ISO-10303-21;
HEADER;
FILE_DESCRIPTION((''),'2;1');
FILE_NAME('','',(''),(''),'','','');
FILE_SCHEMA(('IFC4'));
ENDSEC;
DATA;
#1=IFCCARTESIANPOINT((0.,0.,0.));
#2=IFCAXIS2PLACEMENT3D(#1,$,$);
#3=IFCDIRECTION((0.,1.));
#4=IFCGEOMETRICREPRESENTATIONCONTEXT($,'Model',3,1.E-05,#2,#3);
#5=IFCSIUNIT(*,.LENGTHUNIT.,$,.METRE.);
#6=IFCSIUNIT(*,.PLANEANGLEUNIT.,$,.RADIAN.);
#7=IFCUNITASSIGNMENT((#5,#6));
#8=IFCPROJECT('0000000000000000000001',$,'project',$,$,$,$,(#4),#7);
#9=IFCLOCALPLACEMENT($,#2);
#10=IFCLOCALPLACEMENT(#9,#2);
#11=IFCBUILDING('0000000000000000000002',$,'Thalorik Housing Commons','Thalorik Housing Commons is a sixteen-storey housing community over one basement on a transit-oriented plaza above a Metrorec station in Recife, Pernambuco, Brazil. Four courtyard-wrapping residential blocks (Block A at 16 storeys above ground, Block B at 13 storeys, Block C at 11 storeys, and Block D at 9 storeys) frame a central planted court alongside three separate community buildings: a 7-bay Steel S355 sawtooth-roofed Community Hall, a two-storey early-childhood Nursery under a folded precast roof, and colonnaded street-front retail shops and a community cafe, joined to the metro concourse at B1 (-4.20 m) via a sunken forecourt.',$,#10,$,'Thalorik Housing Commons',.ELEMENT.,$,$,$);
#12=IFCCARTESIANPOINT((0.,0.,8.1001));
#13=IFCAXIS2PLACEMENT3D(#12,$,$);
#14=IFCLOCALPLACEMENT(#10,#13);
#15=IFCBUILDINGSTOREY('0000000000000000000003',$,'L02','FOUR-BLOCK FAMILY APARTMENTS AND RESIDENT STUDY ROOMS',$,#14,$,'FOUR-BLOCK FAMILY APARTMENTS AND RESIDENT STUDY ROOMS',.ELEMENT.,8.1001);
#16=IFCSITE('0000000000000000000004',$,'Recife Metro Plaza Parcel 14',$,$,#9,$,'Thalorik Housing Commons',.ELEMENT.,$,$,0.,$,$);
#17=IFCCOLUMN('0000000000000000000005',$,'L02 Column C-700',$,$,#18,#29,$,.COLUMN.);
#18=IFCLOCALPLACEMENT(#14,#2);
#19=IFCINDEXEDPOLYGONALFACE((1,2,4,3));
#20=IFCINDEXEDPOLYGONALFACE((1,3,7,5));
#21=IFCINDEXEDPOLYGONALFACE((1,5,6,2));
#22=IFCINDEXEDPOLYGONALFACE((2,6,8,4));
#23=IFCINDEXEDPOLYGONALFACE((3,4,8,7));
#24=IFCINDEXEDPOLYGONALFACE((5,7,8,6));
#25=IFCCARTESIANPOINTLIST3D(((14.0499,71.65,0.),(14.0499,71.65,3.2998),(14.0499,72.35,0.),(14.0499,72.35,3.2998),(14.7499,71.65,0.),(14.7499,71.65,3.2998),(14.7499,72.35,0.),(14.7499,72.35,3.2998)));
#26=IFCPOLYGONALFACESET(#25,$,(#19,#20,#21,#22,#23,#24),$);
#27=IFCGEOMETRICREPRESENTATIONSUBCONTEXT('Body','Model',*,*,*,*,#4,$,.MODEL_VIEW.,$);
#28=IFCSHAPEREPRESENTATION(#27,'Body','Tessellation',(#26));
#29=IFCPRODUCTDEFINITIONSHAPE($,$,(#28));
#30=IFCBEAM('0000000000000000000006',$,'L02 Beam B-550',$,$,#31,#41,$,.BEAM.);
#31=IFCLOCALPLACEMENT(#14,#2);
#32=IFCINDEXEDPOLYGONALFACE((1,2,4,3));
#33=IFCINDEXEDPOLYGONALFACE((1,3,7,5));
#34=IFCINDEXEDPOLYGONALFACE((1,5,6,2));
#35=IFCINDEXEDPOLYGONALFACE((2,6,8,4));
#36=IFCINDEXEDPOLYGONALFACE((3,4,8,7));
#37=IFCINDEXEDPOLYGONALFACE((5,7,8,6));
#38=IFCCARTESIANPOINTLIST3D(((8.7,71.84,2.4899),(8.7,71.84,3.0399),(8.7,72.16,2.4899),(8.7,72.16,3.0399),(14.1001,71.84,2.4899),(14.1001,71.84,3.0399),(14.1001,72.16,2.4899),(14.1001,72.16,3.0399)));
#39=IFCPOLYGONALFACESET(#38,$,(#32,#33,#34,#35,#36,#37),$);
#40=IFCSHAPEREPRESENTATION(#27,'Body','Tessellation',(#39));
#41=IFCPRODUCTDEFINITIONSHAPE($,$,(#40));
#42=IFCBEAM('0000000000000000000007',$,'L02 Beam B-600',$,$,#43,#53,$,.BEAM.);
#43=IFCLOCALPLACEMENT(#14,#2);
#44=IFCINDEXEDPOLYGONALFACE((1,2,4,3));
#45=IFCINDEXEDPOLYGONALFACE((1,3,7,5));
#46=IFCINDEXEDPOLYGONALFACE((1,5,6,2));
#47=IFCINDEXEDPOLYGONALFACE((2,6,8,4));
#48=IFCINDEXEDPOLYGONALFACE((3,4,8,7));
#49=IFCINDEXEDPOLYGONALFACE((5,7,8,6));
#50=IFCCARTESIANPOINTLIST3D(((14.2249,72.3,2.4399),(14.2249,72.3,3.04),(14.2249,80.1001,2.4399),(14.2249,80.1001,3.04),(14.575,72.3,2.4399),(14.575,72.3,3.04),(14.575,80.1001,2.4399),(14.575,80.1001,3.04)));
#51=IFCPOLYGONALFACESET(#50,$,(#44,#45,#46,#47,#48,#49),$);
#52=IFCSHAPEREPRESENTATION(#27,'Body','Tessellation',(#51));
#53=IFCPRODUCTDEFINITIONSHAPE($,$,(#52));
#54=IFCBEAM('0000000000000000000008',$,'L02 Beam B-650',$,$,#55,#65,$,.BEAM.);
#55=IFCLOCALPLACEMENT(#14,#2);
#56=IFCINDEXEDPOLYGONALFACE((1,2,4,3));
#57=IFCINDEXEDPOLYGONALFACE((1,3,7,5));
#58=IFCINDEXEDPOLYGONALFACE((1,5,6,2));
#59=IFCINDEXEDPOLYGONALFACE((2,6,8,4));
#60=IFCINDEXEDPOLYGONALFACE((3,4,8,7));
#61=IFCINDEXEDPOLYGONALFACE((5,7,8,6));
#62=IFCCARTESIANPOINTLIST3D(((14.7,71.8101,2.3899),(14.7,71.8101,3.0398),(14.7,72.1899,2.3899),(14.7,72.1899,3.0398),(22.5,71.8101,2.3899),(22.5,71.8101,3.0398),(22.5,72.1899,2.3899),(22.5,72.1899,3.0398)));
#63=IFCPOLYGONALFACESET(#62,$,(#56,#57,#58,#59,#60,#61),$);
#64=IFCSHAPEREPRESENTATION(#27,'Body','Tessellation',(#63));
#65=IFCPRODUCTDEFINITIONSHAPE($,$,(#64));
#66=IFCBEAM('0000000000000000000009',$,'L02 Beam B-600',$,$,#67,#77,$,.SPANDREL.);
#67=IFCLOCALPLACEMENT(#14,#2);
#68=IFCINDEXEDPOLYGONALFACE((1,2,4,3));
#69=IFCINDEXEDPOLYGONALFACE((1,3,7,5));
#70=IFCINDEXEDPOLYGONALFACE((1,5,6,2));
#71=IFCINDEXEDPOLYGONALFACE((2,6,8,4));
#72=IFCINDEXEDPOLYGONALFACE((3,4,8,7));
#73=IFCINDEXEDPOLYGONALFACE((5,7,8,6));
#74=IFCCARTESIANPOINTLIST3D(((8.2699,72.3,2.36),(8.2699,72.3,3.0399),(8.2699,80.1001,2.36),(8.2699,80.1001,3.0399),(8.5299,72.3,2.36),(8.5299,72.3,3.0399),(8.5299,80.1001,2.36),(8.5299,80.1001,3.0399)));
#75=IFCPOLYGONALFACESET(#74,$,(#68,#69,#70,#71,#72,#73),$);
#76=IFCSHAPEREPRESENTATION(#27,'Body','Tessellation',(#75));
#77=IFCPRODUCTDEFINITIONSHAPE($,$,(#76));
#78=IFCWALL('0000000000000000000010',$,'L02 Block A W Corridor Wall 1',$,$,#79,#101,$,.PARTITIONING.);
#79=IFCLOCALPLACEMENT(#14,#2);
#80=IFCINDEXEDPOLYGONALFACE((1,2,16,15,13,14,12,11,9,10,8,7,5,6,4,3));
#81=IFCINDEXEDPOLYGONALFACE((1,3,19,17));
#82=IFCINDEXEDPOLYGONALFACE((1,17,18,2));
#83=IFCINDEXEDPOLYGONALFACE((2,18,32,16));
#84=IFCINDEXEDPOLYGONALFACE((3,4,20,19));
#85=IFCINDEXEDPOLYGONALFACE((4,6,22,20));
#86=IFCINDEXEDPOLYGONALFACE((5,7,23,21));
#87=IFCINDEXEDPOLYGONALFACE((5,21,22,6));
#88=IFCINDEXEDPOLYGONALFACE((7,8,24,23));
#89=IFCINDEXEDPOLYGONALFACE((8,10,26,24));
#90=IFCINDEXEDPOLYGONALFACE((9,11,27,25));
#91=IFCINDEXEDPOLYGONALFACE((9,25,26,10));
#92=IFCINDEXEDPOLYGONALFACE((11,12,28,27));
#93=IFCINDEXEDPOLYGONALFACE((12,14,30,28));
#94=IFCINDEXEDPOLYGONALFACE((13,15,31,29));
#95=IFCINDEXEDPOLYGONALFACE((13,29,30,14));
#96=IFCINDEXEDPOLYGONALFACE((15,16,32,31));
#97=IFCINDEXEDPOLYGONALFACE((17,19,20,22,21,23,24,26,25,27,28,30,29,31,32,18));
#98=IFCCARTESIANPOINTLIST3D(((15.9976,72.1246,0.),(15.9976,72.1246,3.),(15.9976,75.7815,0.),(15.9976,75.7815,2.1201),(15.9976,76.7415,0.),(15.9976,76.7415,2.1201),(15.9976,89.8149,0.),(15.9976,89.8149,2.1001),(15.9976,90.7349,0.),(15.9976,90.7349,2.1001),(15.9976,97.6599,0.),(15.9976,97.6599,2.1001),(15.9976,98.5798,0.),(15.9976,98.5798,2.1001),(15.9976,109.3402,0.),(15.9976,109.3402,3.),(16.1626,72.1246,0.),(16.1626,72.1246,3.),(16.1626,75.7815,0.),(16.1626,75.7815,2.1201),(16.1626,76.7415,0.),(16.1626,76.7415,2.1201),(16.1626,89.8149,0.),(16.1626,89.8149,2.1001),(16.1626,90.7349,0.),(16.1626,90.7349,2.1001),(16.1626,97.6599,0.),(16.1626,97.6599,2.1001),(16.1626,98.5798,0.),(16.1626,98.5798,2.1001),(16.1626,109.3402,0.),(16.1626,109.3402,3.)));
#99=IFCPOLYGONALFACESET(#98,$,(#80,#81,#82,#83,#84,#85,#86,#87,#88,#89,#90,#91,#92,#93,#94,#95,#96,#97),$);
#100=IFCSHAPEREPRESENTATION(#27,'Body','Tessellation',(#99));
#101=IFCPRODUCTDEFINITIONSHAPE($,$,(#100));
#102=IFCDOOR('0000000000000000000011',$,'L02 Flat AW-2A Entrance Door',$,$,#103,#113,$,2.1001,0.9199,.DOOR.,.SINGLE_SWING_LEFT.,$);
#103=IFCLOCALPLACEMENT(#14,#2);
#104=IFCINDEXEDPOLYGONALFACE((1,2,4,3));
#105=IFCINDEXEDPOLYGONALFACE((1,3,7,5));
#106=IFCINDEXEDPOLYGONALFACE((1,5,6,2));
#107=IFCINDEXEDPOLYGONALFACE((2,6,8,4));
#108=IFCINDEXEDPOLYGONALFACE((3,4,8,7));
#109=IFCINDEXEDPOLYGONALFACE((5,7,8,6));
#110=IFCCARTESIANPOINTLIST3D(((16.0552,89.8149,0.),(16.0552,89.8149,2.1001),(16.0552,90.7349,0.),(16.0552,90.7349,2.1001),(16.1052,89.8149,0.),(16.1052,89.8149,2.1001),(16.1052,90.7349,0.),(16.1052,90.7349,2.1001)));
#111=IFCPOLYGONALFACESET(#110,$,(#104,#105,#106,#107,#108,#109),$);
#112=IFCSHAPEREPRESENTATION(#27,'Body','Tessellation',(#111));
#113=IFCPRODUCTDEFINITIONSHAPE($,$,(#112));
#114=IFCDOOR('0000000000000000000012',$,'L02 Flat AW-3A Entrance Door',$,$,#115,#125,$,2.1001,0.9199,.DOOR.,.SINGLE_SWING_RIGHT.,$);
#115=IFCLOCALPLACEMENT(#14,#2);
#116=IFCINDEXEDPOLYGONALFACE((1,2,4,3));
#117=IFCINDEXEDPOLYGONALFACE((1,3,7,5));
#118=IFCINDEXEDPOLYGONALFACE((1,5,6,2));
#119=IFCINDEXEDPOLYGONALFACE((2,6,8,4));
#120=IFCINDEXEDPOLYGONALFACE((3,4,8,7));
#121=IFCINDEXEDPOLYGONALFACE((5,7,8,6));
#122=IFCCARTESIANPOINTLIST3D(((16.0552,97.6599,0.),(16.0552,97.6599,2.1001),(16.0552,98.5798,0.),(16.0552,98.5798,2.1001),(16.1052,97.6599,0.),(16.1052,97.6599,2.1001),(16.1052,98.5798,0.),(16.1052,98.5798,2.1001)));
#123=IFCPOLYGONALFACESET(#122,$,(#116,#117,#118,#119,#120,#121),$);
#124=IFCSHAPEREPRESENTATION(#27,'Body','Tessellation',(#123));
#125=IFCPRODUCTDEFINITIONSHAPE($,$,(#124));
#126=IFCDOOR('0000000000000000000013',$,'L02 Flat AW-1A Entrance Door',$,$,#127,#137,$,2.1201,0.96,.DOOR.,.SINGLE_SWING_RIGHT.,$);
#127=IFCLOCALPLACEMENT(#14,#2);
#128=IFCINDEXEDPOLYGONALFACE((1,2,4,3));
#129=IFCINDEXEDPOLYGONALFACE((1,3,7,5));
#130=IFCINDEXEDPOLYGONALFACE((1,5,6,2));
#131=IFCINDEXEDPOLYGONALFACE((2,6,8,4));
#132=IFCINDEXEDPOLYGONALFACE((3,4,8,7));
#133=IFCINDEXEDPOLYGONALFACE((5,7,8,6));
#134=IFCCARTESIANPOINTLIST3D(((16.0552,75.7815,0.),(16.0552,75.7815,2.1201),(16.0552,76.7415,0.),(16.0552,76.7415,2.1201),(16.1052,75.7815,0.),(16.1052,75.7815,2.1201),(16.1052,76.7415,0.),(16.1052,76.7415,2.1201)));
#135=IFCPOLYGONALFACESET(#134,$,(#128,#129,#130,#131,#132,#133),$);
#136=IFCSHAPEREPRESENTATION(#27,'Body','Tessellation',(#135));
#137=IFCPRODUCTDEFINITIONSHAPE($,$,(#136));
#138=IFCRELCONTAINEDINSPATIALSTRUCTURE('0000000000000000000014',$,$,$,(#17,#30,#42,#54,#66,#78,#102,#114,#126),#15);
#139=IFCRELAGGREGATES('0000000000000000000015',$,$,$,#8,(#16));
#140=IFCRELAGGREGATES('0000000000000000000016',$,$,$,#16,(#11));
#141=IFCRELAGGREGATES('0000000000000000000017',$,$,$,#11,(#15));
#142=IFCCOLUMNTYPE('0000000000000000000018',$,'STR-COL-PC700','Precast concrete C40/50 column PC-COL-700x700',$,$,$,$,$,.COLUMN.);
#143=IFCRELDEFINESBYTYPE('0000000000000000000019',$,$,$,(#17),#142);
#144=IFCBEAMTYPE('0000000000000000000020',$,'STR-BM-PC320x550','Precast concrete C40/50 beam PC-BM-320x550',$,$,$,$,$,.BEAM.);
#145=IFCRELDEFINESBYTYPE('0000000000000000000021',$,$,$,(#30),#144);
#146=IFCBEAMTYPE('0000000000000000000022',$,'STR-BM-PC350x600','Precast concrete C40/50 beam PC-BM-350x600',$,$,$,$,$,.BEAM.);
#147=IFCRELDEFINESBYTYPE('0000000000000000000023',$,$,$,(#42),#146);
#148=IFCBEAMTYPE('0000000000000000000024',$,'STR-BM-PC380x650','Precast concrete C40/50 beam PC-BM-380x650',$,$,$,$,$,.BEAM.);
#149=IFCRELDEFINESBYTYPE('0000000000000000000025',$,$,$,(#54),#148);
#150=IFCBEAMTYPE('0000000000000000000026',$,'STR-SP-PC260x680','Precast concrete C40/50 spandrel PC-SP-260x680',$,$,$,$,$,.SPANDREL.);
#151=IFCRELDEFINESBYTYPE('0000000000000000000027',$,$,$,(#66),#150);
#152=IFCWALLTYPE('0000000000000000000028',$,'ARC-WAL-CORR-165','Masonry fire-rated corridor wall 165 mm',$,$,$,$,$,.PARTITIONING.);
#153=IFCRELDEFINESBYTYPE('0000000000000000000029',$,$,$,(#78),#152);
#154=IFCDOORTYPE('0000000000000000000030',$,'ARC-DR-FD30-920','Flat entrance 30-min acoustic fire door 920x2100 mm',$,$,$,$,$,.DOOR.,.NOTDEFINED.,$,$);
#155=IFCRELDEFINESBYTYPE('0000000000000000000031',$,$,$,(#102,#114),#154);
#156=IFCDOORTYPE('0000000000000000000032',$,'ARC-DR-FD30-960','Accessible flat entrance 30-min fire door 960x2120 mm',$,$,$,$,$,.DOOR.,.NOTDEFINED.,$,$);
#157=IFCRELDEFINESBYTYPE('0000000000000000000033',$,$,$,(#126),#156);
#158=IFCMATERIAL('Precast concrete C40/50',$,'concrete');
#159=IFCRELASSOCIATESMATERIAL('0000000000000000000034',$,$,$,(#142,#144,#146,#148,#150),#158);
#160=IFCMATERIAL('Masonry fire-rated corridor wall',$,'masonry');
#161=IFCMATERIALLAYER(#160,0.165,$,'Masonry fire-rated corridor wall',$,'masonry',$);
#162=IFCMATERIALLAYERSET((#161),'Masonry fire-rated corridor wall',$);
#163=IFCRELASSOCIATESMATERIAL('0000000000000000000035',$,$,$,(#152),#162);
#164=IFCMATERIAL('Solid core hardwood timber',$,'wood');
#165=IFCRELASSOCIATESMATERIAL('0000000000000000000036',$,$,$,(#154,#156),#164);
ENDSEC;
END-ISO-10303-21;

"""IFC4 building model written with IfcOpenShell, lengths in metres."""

from ifc_helpers import new_model, si_unit, direction, frame, frame_2d, origin, origin_2d, place, context, subcontext, project, spatial, rectangle, extrude, material, layer, layer_set, material_profile, profile_set, type_object, element, fill, save


model = new_model("IFC4")

# Units and contexts
model_context = context("Model", 3, precision=1e-05, world=origin(), true_north=direction((0.0, 1.0)))
body_context = subcontext(model_context, "Body", "Model", "MODEL_VIEW")
ifc_project = project(units=[si_unit("LENGTHUNIT", "METRE"), si_unit("PLANEANGLEUNIT", "RADIAN")], contexts=[model_context])

# Site, building, storey
site_placement = place(None, origin())
site = spatial("IfcSite", under=ifc_project, at=site_placement, Name="Recife Metro Plaza Parcel 14", LongName="Thalorik Housing Commons", CompositionType="ELEMENT", RefElevation=0.0)
building_placement = place(site_placement, origin())
building = spatial("IfcBuilding", under=site, at=building_placement, Name="Thalorik Housing Commons", Description="Thalorik Housing Commons is a sixteen-storey housing community over one basement on a transit-oriented plaza above a Metrorec station in Recife, Pernambuco, Brazil. Four courtyard-wrapping residential blocks (Block A at 16 storeys above ground, Block B at 13 storeys, Block C at 11 storeys, and Block D at 9 storeys) frame a central planted court alongside three separate community buildings: a 7-bay Steel S355 sawtooth-roofed Community Hall, a two-storey early-childhood Nursery under a folded precast roof, and colonnaded street-front retail shops and a community cafe, joined to the metro concourse at B1 (-4.20 m) via a sunken forecourt.", LongName="Thalorik Housing Commons", CompositionType="ELEMENT")
storey_placement = place(building_placement, frame((0.0, 0.0, 8.1001)))
storey = spatial("IfcBuildingStorey", under=building, at=storey_placement, Name="L02", Description="FOUR-BLOCK FAMILY APARTMENTS AND RESIDENT STUDY ROOMS", LongName="FOUR-BLOCK FAMILY APARTMENTS AND RESIDENT STUDY ROOMS", CompositionType="ELEMENT", Elevation=8.1001)

# Column
ifc_material_1 = material(Name="Precast concrete C40/50", Category="concrete")
ifc_material_profile_1 = material_profile(ifc_material_1, rectangle(XDim=0.7, YDim=0.7, at=origin_2d()), Name="PC 700x700", Category="concrete")
ifc_profile_set_1 = profile_set([ifc_material_profile_1], Name="Precast concrete C40/50")
column_type = type_object("IfcColumnType", Name="STR-COL-PC700", Description="Precast concrete C40/50 column PC-COL-700x700", PredefinedType="COLUMN", material=ifc_profile_set_1)
column_placement = place(storey_placement, frame((14.3999, 72.0, 0.0), z_axis=(0.0, 0.0, 1.0), x_axis=(1.0, 0.0, 0.0)))
element("IfcColumn", 1, at=column_placement, inside=storey, type_object=column_type, Name="L02 Column C-700", PredefinedType="COLUMN", context=body_context, shape_type="SweptSolid", body=[
    extrude(rectangle(XDim=0.7, YDim=0.7, at=origin_2d()), origin(), (0.0, 0.0, 1.0), 3.2998),
])

# Beams
ifc_material_profile_2 = material_profile(ifc_material_1, rectangle(XDim=0.3201, YDim=0.55, at=origin_2d()), Name="PC 320x550", Category="concrete")
ifc_profile_set_2 = profile_set([ifc_material_profile_2], Name="Precast concrete C40/50")
beam_type_1 = type_object("IfcBeamType", Name="STR-BM-PC320x550", Description="Precast concrete C40/50 beam PC-BM-320x550", PredefinedType="BEAM", material=ifc_profile_set_2)
beam_1_placement = place(storey_placement, frame((8.7, 72.0, 2.7649), z_axis=(1.0, 0.0, 0.0), x_axis=(0.0, 1.0, 0.0)))
element("IfcBeam", 2, at=beam_1_placement, inside=storey, type_object=beam_type_1, Name="L02 Beam B-550", PredefinedType="BEAM", context=body_context, shape_type="SweptSolid", body=[
    extrude(rectangle(XDim=0.3201, YDim=0.55, at=origin_2d()), origin(), (0.0, 0.0, 1.0), 5.4001),
])
ifc_material_profile_3 = material_profile(ifc_material_1, rectangle(XDim=0.3501, YDim=0.6001, at=origin_2d()), Name="PC 350x600", Category="concrete")
ifc_profile_set_3 = profile_set([ifc_material_profile_3], Name="Precast concrete C40/50")
beam_type_2 = type_object("IfcBeamType", Name="STR-BM-PC350x600", Description="Precast concrete C40/50 beam PC-BM-350x600", PredefinedType="BEAM", material=ifc_profile_set_3)
beam_2_placement = place(storey_placement, frame((14.3999, 72.3, 2.74), z_axis=(0.0, 1.0, 0.0), x_axis=(-1.0, 0.0, 0.0)))
element("IfcBeam", 3, at=beam_2_placement, inside=storey, type_object=beam_type_2, Name="L02 Beam B-600", PredefinedType="BEAM", context=body_context, shape_type="SweptSolid", body=[
    extrude(rectangle(XDim=0.3501, YDim=0.6001, at=origin_2d()), origin(), (0.0, 0.0, 1.0), 7.8),
])
ifc_material_profile_4 = material_profile(ifc_material_1, rectangle(XDim=0.3799, YDim=0.6499, at=origin_2d()), Name="PC 380x650", Category="concrete")
ifc_profile_set_4 = profile_set([ifc_material_profile_4], Name="Precast concrete C40/50")
beam_type_3 = type_object("IfcBeamType", Name="STR-BM-PC380x650", Description="Precast concrete C40/50 beam PC-BM-380x650", PredefinedType="BEAM", material=ifc_profile_set_4)
beam_3_placement = place(storey_placement, frame((14.7, 72.0, 2.7148), z_axis=(1.0, 0.0, 0.0), x_axis=(0.0, 1.0, 0.0)))
element("IfcBeam", 4, at=beam_3_placement, inside=storey, type_object=beam_type_3, Name="L02 Beam B-650", PredefinedType="BEAM", context=body_context, shape_type="SweptSolid", body=[
    extrude(rectangle(XDim=0.3799, YDim=0.6499, at=origin_2d()), origin(), (0.0, 0.0, 1.0), 7.8),
])
ifc_material_profile_5 = material_profile(ifc_material_1, rectangle(XDim=0.26, YDim=0.6799, at=origin_2d()), Name="PC SP 260x680", Category="concrete")
ifc_profile_set_5 = profile_set([ifc_material_profile_5], Name="Precast concrete C40/50")
beam_type_4 = type_object("IfcBeamType", Name="STR-SP-PC260x680", Description="Precast concrete C40/50 spandrel PC-SP-260x680", PredefinedType="SPANDREL", material=ifc_profile_set_5)
beam_4_placement = place(storey_placement, frame((8.3999, 72.3, 2.7), z_axis=(0.0, 1.0, 0.0), x_axis=(-1.0, 0.0, 0.0)))
element("IfcBeam", 5, at=beam_4_placement, inside=storey, type_object=beam_type_4, Name="L02 Beam B-600", PredefinedType="SPANDREL", context=body_context, shape_type="SweptSolid", body=[
    extrude(rectangle(XDim=0.26, YDim=0.6799, at=origin_2d()), origin(), (0.0, 0.0, 1.0), 7.8),
])

# Wall, openings, doors
ifc_material_2 = material(Name="Masonry fire-rated corridor wall", Category="masonry")
ifc_layer_1 = layer(ifc_material_2, 0.165, Name="Masonry fire-rated corridor wall", Category="masonry")
ifc_layer_set_1 = layer_set([ifc_layer_1], Name="Masonry fire-rated corridor wall")
wall_type_1 = type_object("IfcWallType", Name="ARC-WAL-CORR-165", Description="Masonry fire-rated corridor wall 165 mm", PredefinedType="PARTITIONING", material=ifc_layer_set_1)
wall_1_placement = place(storey_placement, frame((16.0801, 72.1245, 0.0), z_axis=(0.0, 0.0, 1.0), x_axis=(0.0, 1.0, 0.0)))
wall_1 = element("IfcWall", 6, at=wall_1_placement, inside=storey, type_object=wall_type_1, Name="L02 Block A W Corridor Wall 1", PredefinedType="PARTITIONING", context=body_context, shape_type="SweptSolid", body=[
    extrude(rectangle(XDim=37.2156, YDim=0.165, at=frame_2d((18.6079, 0.0))), origin(), (0.0, 0.0, 1.0), 3.0),
])
opening_1_placement = place(wall_1_placement, frame((3.657, 0.0, 0.0)))
opening_1 = element("IfcOpeningElement", 7, at=opening_1_placement, cuts=wall_1, PredefinedType="OPENING", context=body_context, shape_type="SweptSolid", body=[
    extrude(rectangle(XDim=0.96, YDim=2.1201, at=frame_2d((0.48, 1.0601))), frame((0.0, 0.0925, 0.0), z_axis=(0.0, -1.0, 0.0), x_axis=(1.0, 0.0, 0.0)), (0.0, 0.0, 1.0), 0.1851),
])
opening_2_placement = place(wall_1_placement, frame((17.6904, 0.0, 0.0)))
opening_2 = element("IfcOpeningElement", 8, at=opening_2_placement, cuts=wall_1, PredefinedType="OPENING", context=body_context, shape_type="SweptSolid", body=[
    extrude(rectangle(XDim=0.9199, YDim=2.1001, at=frame_2d((0.46, 1.05))), frame((0.0, 0.0925, 0.0), z_axis=(0.0, -1.0, 0.0), x_axis=(1.0, 0.0, 0.0)), (0.0, 0.0, 1.0), 0.1851),
])
opening_3_placement = place(wall_1_placement, frame((25.5354, 0.0, 0.0)))
opening_3 = element("IfcOpeningElement", 9, at=opening_3_placement, cuts=wall_1, PredefinedType="OPENING", context=body_context, shape_type="SweptSolid", body=[
    extrude(rectangle(XDim=0.9199, YDim=2.1001, at=frame_2d((0.46, 1.05))), frame((0.0, 0.0925, 0.0), z_axis=(0.0, -1.0, 0.0), x_axis=(1.0, 0.0, 0.0)), (0.0, 0.0, 1.0), 0.1851),
])
ifc_material_3 = material(Name="Solid core hardwood timber", Category="wood")
door_type_1 = type_object("IfcDoorType", Name="ARC-DR-FD30-920", Description="Flat entrance 30-min acoustic fire door 920x2100 mm", OperationType="NOTDEFINED", PredefinedType="DOOR", material=ifc_material_3)
door_1_placement = place(opening_2_placement, origin())
door_1 = element("IfcDoor", 10, at=door_1_placement, inside=storey, type_object=door_type_1, Name="L02 Flat AW-2A Entrance Door", OperationType="SINGLE_SWING_LEFT", OverallHeight=2.1001, OverallWidth=0.9199, PredefinedType="DOOR", context=body_context, shape_type="SweptSolid", body=[
    extrude(rectangle(XDim=0.9199, YDim=2.1001, at=frame_2d((0.46, 1.05))), frame((0.0, 0.0249, 0.0), z_axis=(0.0, -1.0, 0.0), x_axis=(1.0, 0.0, 0.0)), (0.0, 0.0, 1.0), 0.05),
])
fill(opening_2, door_1)
door_2_placement = place(opening_3_placement, origin())
door_2 = element("IfcDoor", 11, at=door_2_placement, inside=storey, type_object=door_type_1, Name="L02 Flat AW-3A Entrance Door", OperationType="SINGLE_SWING_RIGHT", OverallHeight=2.1001, OverallWidth=0.9199, PredefinedType="DOOR", context=body_context, shape_type="SweptSolid", body=[
    extrude(rectangle(XDim=0.9199, YDim=2.1001, at=frame_2d((0.46, 1.05))), frame((0.0, 0.0249, 0.0), z_axis=(0.0, -1.0, 0.0), x_axis=(1.0, 0.0, 0.0)), (0.0, 0.0, 1.0), 0.05),
])
fill(opening_3, door_2)
door_type_2 = type_object("IfcDoorType", Name="ARC-DR-FD30-960", Description="Accessible flat entrance 30-min fire door 960x2120 mm", OperationType="NOTDEFINED", PredefinedType="DOOR", material=ifc_material_3)
door_3_placement = place(opening_1_placement, origin())
door_3 = element("IfcDoor", 12, at=door_3_placement, inside=storey, type_object=door_type_2, Name="L02 Flat AW-1A Entrance Door", OperationType="SINGLE_SWING_RIGHT", OverallHeight=2.1201, OverallWidth=0.96, PredefinedType="DOOR", context=body_context, shape_type="SweptSolid", body=[
    extrude(rectangle(XDim=0.96, YDim=2.1201, at=frame_2d((0.48, 1.0601))), frame((0.0, 0.0249, 0.0), z_axis=(0.0, -1.0, 0.0), x_axis=(1.0, 0.0, 0.0)), (0.0, 0.0, 1.0), 0.05),
])
fill(opening_1, door_3)

save(model, "model.ifc")
